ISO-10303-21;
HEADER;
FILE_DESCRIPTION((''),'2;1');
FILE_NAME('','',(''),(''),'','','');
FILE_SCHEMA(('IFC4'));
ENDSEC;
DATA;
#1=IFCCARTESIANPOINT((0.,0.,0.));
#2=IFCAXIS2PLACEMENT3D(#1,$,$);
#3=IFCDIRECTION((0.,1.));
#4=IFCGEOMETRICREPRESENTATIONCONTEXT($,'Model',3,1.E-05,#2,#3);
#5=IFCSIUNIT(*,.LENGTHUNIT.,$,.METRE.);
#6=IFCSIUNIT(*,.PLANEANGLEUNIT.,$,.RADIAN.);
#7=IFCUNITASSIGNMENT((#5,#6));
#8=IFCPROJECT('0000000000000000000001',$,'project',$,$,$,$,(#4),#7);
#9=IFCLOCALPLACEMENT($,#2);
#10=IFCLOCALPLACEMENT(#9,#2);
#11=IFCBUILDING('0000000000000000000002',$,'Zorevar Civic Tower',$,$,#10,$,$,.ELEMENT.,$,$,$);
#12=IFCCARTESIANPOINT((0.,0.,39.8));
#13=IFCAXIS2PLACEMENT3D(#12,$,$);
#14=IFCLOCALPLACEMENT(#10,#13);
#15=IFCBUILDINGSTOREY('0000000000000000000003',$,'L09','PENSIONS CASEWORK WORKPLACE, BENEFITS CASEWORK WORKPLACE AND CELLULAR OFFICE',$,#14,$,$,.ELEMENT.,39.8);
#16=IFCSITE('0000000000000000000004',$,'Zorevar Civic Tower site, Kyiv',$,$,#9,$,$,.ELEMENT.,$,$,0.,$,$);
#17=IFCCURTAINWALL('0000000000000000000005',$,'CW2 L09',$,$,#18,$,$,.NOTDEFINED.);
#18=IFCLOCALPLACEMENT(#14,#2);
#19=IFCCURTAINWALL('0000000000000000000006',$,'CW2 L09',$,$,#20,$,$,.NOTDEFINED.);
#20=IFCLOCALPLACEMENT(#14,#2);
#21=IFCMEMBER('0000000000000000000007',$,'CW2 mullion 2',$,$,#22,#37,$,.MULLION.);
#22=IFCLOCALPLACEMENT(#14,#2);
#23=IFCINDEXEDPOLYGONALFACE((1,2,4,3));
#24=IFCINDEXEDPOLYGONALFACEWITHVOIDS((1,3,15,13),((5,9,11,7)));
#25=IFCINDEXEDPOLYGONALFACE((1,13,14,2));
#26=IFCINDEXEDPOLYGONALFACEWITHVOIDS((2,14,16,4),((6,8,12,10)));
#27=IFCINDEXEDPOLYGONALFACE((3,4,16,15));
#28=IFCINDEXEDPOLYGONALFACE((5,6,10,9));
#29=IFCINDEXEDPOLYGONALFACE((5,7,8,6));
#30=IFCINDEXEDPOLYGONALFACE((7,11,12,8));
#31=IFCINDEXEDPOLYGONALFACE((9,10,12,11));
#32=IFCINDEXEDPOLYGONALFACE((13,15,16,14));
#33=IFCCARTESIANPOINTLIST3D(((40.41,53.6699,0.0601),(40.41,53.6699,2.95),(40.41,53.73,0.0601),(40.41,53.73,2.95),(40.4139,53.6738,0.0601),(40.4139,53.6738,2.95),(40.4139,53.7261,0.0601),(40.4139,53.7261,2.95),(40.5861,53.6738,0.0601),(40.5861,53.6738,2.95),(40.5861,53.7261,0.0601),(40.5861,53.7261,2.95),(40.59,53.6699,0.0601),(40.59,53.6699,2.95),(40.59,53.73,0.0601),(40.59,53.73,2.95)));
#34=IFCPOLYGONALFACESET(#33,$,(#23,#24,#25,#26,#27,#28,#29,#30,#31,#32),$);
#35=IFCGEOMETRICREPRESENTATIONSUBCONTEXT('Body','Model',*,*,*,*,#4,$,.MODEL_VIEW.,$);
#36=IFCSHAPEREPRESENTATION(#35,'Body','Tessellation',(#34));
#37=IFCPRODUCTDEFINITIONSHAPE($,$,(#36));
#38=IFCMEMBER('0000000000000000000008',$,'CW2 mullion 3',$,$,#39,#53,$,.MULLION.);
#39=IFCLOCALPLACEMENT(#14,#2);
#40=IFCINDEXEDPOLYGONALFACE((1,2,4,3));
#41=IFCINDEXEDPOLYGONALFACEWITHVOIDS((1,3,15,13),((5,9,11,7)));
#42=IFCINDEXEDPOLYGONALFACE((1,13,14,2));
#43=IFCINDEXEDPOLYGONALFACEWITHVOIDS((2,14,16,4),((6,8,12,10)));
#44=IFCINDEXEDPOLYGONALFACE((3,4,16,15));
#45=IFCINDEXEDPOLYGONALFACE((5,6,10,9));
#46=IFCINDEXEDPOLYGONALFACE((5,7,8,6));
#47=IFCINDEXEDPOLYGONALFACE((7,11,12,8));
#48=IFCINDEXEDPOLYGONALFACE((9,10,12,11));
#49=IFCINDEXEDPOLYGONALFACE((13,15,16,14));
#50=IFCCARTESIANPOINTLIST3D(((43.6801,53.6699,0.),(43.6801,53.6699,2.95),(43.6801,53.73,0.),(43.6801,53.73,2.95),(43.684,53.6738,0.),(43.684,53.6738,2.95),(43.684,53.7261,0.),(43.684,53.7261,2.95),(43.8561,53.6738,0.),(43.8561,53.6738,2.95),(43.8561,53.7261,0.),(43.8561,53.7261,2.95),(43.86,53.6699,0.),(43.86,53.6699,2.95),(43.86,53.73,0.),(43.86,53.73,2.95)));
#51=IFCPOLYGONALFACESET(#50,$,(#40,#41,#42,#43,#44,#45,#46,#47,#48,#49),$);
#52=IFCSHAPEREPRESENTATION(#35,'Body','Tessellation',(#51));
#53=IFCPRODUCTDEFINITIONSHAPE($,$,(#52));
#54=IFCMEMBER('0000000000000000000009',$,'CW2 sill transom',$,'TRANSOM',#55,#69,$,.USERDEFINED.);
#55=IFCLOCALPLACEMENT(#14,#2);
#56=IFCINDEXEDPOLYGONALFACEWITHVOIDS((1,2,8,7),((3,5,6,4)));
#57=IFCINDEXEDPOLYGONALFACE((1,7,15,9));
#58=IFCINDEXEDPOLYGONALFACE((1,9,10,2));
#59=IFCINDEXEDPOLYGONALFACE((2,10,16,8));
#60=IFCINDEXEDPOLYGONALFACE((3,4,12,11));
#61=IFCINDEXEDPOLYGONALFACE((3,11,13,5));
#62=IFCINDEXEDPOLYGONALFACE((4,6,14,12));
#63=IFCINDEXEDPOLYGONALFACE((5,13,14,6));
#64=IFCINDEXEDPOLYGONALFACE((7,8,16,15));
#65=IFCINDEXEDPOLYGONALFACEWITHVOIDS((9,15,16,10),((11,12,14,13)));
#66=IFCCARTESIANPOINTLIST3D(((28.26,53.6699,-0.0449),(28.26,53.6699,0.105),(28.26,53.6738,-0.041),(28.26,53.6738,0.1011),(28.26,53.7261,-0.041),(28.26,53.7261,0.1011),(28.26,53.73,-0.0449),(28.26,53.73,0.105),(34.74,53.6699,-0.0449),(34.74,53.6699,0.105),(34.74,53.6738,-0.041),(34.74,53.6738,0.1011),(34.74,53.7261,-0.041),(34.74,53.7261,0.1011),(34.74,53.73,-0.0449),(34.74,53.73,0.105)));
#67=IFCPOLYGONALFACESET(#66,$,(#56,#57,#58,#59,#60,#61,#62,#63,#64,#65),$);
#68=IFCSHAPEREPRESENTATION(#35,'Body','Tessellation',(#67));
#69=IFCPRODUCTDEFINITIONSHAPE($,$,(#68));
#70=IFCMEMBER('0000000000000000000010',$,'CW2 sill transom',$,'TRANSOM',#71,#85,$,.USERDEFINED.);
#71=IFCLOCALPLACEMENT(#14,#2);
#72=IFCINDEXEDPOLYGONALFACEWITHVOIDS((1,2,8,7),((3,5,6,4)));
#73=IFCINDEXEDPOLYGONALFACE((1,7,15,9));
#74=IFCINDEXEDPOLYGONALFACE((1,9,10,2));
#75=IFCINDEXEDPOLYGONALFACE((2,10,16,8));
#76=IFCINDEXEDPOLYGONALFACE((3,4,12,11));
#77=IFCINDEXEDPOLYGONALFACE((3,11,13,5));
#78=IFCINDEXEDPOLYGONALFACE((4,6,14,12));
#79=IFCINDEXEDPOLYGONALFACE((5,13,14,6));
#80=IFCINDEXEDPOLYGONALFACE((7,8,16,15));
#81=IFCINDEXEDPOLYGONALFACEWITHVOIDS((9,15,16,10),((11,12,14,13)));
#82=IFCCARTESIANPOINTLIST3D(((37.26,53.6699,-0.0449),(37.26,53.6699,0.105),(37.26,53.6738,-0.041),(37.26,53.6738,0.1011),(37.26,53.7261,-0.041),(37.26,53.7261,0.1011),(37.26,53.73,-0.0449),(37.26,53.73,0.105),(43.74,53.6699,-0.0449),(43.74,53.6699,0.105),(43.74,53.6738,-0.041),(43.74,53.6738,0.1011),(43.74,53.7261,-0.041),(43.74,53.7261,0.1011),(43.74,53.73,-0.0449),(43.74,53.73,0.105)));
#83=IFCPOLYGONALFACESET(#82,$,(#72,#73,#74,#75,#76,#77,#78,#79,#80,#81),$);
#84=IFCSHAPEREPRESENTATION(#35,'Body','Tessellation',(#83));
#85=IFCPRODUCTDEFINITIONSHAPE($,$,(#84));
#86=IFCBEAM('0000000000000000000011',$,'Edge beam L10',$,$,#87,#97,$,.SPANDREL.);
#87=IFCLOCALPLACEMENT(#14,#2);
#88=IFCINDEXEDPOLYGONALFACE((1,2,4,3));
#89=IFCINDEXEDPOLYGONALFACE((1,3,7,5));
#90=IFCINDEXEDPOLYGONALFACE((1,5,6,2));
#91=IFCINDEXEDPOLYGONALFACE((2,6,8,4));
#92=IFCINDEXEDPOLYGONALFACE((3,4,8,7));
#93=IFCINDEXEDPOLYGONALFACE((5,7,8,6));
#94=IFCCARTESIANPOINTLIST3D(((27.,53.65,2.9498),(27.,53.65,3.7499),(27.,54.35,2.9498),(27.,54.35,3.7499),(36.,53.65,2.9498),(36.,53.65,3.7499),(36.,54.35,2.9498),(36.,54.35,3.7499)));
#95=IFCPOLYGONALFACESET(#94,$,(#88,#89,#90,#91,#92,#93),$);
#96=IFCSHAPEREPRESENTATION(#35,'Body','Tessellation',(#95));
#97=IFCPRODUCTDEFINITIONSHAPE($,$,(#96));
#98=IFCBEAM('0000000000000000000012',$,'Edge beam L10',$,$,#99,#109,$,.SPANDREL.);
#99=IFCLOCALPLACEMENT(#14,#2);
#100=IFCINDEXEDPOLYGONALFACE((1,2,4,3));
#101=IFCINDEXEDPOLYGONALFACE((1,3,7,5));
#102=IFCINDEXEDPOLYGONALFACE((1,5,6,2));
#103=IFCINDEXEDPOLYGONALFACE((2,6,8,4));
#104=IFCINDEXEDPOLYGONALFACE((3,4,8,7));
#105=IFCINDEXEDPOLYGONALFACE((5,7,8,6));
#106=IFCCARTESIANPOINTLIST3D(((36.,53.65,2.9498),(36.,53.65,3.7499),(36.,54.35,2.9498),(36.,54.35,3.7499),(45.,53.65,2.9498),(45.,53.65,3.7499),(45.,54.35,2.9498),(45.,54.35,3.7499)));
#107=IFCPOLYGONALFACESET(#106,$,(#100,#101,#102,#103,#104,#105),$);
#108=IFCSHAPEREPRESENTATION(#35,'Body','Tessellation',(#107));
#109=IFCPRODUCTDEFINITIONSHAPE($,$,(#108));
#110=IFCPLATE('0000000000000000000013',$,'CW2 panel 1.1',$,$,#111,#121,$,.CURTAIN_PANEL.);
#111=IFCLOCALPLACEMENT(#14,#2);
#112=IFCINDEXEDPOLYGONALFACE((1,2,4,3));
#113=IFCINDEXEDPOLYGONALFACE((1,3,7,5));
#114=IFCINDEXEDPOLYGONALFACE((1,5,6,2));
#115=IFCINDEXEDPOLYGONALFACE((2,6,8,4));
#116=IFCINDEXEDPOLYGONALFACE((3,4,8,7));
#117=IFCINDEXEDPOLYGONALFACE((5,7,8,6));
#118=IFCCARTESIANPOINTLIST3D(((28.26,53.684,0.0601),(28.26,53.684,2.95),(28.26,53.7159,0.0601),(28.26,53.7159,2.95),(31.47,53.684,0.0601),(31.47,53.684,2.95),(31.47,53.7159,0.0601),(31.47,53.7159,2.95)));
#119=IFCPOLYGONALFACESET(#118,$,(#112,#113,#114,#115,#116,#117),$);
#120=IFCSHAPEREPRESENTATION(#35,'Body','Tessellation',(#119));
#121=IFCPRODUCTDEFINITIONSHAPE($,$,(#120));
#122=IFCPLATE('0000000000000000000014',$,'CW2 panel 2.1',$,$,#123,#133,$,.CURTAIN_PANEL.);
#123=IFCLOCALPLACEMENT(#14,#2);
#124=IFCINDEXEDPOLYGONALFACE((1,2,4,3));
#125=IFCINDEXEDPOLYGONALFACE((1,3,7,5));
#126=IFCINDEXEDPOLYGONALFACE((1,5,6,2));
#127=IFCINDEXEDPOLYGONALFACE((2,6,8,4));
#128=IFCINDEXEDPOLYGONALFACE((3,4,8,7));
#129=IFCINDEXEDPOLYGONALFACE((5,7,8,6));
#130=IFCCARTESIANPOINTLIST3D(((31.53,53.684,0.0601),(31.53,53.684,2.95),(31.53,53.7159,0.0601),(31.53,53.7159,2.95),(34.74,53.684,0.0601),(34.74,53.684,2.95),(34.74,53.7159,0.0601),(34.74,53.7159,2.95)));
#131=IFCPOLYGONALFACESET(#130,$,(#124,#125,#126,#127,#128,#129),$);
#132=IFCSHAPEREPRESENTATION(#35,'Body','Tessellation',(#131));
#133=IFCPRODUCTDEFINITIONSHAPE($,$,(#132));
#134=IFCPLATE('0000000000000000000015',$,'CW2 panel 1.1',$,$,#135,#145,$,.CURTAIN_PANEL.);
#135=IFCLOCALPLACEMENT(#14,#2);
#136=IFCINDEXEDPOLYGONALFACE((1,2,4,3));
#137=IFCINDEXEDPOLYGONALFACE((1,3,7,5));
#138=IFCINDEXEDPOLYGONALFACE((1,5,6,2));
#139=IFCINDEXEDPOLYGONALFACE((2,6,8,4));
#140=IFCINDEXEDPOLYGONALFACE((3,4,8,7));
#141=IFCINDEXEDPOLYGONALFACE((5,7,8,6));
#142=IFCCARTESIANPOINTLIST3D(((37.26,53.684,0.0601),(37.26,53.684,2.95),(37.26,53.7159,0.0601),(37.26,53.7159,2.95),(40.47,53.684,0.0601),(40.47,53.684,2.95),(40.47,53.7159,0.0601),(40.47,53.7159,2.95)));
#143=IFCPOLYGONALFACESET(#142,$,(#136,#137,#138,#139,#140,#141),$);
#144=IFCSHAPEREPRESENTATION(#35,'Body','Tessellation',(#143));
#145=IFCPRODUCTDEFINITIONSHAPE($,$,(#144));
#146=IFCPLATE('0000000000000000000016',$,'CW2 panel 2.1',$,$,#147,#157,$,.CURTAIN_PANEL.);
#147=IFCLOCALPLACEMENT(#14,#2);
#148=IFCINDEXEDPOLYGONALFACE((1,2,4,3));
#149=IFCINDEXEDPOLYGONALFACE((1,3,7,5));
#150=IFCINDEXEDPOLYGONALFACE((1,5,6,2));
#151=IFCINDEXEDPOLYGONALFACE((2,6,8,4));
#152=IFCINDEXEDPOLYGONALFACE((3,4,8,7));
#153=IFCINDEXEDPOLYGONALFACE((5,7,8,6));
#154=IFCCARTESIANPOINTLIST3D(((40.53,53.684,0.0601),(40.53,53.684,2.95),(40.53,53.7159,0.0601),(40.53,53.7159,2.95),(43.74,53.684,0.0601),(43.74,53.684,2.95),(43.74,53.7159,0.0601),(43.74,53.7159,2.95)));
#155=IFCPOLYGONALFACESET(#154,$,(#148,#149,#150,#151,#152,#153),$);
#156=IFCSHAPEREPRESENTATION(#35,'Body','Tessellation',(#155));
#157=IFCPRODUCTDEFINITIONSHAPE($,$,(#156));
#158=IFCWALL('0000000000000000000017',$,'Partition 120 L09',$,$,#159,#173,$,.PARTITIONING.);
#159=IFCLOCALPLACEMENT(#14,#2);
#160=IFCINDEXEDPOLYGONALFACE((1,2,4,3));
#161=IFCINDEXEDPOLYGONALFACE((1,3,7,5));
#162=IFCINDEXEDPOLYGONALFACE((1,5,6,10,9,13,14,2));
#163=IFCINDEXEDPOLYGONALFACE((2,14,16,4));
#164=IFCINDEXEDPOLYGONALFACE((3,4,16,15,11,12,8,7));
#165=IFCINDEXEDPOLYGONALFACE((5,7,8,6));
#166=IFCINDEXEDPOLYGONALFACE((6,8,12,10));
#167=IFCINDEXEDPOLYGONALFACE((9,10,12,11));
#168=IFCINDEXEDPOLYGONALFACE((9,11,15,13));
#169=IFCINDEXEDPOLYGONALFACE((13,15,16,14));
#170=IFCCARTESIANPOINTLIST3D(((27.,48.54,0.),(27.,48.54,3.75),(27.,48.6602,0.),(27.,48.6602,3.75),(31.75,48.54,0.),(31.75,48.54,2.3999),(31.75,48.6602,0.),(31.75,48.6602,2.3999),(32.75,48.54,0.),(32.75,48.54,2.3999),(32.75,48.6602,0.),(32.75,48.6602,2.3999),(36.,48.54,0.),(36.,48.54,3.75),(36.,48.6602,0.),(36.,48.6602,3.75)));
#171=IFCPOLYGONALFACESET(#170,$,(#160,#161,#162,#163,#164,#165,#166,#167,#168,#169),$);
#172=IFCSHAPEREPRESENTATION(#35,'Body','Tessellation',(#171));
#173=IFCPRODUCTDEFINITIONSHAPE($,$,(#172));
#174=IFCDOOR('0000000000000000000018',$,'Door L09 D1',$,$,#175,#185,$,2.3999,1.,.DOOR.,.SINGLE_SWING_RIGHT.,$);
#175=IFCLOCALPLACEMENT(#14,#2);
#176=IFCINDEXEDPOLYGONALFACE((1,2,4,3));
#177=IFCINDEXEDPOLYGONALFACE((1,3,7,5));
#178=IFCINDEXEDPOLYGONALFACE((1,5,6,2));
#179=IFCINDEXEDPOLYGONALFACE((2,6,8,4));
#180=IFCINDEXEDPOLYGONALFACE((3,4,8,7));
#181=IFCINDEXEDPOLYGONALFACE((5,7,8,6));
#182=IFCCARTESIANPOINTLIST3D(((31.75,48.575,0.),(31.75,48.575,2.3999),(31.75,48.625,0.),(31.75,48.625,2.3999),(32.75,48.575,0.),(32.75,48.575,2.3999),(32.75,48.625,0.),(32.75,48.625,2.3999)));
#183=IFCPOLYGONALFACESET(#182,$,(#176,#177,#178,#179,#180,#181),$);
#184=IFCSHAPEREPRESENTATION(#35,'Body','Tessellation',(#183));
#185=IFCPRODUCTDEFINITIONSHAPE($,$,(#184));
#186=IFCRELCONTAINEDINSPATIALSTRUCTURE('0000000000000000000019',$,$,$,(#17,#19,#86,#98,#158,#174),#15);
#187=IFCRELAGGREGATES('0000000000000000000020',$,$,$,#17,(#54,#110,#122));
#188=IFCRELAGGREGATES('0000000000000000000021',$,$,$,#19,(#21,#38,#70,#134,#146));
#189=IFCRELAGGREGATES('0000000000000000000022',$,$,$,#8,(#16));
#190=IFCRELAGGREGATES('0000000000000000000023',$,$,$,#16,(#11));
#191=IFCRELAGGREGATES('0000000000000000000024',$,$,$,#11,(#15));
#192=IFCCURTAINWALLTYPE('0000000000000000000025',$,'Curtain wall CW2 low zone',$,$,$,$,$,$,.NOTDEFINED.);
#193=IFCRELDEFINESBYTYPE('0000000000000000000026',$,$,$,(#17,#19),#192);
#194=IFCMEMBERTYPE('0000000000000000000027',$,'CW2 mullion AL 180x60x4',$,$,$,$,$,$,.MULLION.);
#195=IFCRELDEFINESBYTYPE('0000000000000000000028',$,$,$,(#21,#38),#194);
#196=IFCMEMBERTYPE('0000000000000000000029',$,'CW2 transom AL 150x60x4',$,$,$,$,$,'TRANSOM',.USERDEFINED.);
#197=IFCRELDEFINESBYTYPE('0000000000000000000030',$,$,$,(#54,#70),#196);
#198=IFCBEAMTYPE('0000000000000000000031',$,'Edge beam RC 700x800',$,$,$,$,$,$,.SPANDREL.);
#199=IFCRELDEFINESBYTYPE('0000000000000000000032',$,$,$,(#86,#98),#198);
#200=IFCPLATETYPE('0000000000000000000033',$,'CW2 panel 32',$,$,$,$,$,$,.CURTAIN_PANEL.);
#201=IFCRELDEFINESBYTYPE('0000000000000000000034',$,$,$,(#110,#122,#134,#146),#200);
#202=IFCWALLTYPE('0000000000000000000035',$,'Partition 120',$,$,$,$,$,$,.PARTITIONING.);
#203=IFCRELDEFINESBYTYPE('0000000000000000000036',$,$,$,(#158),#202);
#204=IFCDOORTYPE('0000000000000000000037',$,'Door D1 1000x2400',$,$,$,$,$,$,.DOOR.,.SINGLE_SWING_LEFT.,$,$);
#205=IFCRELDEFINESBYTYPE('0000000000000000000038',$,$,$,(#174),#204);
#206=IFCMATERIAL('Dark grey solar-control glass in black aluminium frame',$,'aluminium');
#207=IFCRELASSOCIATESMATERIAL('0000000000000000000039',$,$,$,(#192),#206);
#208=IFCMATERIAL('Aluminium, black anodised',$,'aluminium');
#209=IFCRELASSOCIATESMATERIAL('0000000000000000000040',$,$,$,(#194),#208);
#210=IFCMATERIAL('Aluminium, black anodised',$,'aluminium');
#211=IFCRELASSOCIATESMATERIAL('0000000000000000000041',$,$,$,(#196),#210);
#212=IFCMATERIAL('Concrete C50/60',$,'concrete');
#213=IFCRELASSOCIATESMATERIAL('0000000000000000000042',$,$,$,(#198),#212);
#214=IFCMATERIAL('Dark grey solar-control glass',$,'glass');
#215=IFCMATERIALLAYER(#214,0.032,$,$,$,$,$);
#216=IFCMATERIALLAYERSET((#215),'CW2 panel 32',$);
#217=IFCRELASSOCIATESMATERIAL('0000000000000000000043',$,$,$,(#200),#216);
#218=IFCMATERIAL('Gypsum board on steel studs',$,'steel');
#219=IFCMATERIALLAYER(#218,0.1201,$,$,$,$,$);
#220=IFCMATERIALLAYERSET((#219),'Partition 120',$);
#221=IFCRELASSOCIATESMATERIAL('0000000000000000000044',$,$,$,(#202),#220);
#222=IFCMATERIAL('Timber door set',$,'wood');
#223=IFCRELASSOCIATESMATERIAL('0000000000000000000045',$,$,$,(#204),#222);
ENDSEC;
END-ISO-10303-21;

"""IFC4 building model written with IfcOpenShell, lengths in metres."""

from ifc_helpers import new_model, si_unit, direction, frame, frame_2d, origin, origin_2d, place, context, subcontext, project, spatial, rectangle, hollow_rectangle, extrude, material, layer, layer_set, material_profile, profile_set, type_object, element, fill, aggregate, save


model = new_model("IFC4")

# Units and contexts
model_context = context("Model", 3, precision=1e-05, world=origin(), true_north=direction((0.0, 1.0)))
body_context = subcontext(model_context, "Body", "Model", "MODEL_VIEW")
ifc_project = project(units=[si_unit("LENGTHUNIT", "METRE"), si_unit("PLANEANGLEUNIT", "RADIAN")], contexts=[model_context])

# Site, building, storey
site_placement = place(None, origin())
site = spatial("IfcSite", under=ifc_project, at=site_placement, Name="Zorevar Civic Tower site, Kyiv", CompositionType="ELEMENT", RefElevation=0.0)
building_placement = place(site_placement, origin())
building = spatial("IfcBuilding", under=site, at=building_placement, Name="Zorevar Civic Tower", CompositionType="ELEMENT")
storey_placement = place(building_placement, frame((0.0, 0.0, 39.8)))
storey = spatial("IfcBuildingStorey", under=building, at=storey_placement, Name="L09", Description="PENSIONS CASEWORK WORKPLACE, BENEFITS CASEWORK WORKPLACE AND CELLULAR OFFICE", CompositionType="ELEMENT", Elevation=39.8)

# Curtain walls, members
ifc_material_1 = material(Name="Dark grey solar-control glass in black aluminium frame", Category="aluminium")
curtain_wall_type = type_object("IfcCurtainWallType", Name="Curtain wall CW2 low zone", PredefinedType="NOTDEFINED", material=ifc_material_1)
curtain_wall_1_placement = place(storey_placement, origin())
curtain_wall_1 = element("IfcCurtainWall", 1, at=curtain_wall_1_placement, inside=storey, type_object=curtain_wall_type, Name="CW2 L09", PredefinedType="NOTDEFINED")
ifc_material_2 = material(Name="Aluminium, black anodised", Category="aluminium")
ifc_material_profile_1 = material_profile(ifc_material_2, hollow_rectangle(XDim=0.0601, YDim=0.1799, WallThickness=0.0039, at=origin_2d()), Name="AL 180x60x4")
ifc_profile_set_1 = profile_set([ifc_material_profile_1], Name="Aluminium, black anodised")
member_type_1 = type_object("IfcMemberType", Name="CW2 mullion AL 180x60x4", PredefinedType="MULLION", material=ifc_profile_set_1)
curtain_wall_2_placement = place(storey_placement, origin())
curtain_wall_2 = element("IfcCurtainWall", 2, at=curtain_wall_2_placement, inside=storey, type_object=curtain_wall_type, Name="CW2 L09", PredefinedType="NOTDEFINED")
member_1_placement = place(storey_placement, frame((40.5, 53.7, 0.0601), z_axis=(0.0, 0.0, 1.0), x_axis=(0.0, 1.0, 0.0)))
member_1 = element("IfcMember", 3, at=member_1_placement, type_object=member_type_1, Name="CW2 mullion 2", PredefinedType="MULLION", context=body_context, shape_type="SweptSolid", body=[
    extrude(hollow_rectangle(XDim=0.0601, YDim=0.1799, WallThickness=0.0039, at=origin_2d()), origin(), (0.0, 0.0, 1.0), 2.8899),
])
member_2_placement = place(storey_placement, frame((43.77, 53.7, 0.0), z_axis=(0.0, 0.0, 1.0), x_axis=(0.0, 1.0, 0.0)))
member_2 = element("IfcMember", 4, at=member_2_placement, type_object=member_type_1, Name="CW2 mullion 3", PredefinedType="MULLION", context=body_context, shape_type="SweptSolid", body=[
    extrude(hollow_rectangle(XDim=0.0601, YDim=0.1799, WallThickness=0.0039, at=origin_2d()), origin(), (0.0, 0.0, 1.0), 2.95),
])

# Members
ifc_material_3 = material(Name="Aluminium, black anodised", Category="aluminium")
ifc_material_profile_2 = material_profile(ifc_material_3, hollow_rectangle(XDim=0.0601, YDim=0.1499, WallThickness=0.0039, at=origin_2d()), Name="AL 150x60x4")
ifc_profile_set_2 = profile_set([ifc_material_profile_2], Name="Aluminium, black anodised")
member_type_2 = type_object("IfcMemberType", Name="CW2 transom AL 150x60x4", ElementType="TRANSOM", PredefinedType="USERDEFINED", material=ifc_profile_set_2)
member_3_placement = place(storey_placement, frame((28.26, 53.7, 0.03), z_axis=(1.0, 0.0, 0.0), x_axis=(0.0, 1.0, 0.0)))
member_3 = element("IfcMember", 5, at=member_3_placement, type_object=member_type_2, Name="CW2 sill transom", ObjectType="TRANSOM", PredefinedType="USERDEFINED", context=body_context, shape_type="SweptSolid", body=[
    extrude(hollow_rectangle(XDim=0.0601, YDim=0.1499, WallThickness=0.0039, at=origin_2d()), origin(), (0.0, 0.0, 1.0), 6.48),
])
member_4_placement = place(storey_placement, frame((37.26, 53.7, 0.03), z_axis=(1.0, 0.0, 0.0), x_axis=(0.0, 1.0, 0.0)))
member_4 = element("IfcMember", 6, at=member_4_placement, type_object=member_type_2, Name="CW2 sill transom", ObjectType="TRANSOM", PredefinedType="USERDEFINED", context=body_context, shape_type="SweptSolid", body=[
    extrude(hollow_rectangle(XDim=0.0601, YDim=0.1499, WallThickness=0.0039, at=origin_2d()), origin(), (0.0, 0.0, 1.0), 6.48),
])

# Beams
ifc_material_4 = material(Name="Concrete C50/60", Category="concrete")
ifc_material_profile_3 = material_profile(ifc_material_4, rectangle(XDim=0.7, YDim=0.8, at=origin_2d()), Name="RC 700x800")
ifc_profile_set_3 = profile_set([ifc_material_profile_3], Name="Concrete C50/60")
beam_type_1 = type_object("IfcBeamType", Name="Edge beam RC 700x800", PredefinedType="SPANDREL", material=ifc_profile_set_3)
for number, where, z_axis, x_axis, name in (
    (7, (27.0, 54.0, 3.3499), (1.0, 0.0, 0.0), (0.0, 1.0, 0.0), "Edge beam L10"),
    (8, (36.0, 54.0, 3.3499), (1.0, 0.0, 0.0), (0.0, 1.0, 0.0), "Edge beam L10"),
):
    element("IfcBeam", number, at=place(storey_placement, frame(where, z_axis=z_axis, x_axis=x_axis)), inside=storey, type_object=beam_type_1, Name=name, PredefinedType="SPANDREL", context=body_context, shape_type="SweptSolid", body=[
        extrude(rectangle(XDim=0.7, YDim=0.8, at=origin_2d()), origin(), (0.0, 0.0, 1.0), 9.0),
    ])

# Plates
ifc_material_5 = material(Name="Dark grey solar-control glass", Category="glass")
ifc_layer_1 = layer(ifc_material_5, 0.032)
ifc_layer_set_1 = layer_set([ifc_layer_1], Name="CW2 panel 32")
plate_type = type_object("IfcPlateType", Name="CW2 panel 32", PredefinedType="CURTAIN_PANEL", material=ifc_layer_set_1)
plate_1_placement = place(storey_placement, frame((29.865, 53.7, 0.0601), z_axis=(0.0, 0.0, 1.0), x_axis=(1.0, 0.0, 0.0)))
plate_1 = element("IfcPlate", 9, at=plate_1_placement, type_object=plate_type, Name="CW2 panel 1.1", PredefinedType="CURTAIN_PANEL", context=body_context, shape_type="SweptSolid", body=[
    extrude(rectangle(XDim=3.21, YDim=0.032, at=origin_2d()), origin(), (0.0, 0.0, 1.0), 2.8899),
])
plate_2_placement = place(storey_placement, frame((33.135, 53.7, 0.0601), z_axis=(0.0, 0.0, 1.0), x_axis=(1.0, 0.0, 0.0)))
plate_2 = element("IfcPlate", 10, at=plate_2_placement, type_object=plate_type, Name="CW2 panel 2.1", PredefinedType="CURTAIN_PANEL", context=body_context, shape_type="SweptSolid", body=[
    extrude(rectangle(XDim=3.21, YDim=0.032, at=origin_2d()), origin(), (0.0, 0.0, 1.0), 2.8899),
])
aggregate(curtain_wall_1, [member_3, plate_1, plate_2])
plate_3_placement = place(storey_placement, frame((38.865, 53.7, 0.0601), z_axis=(0.0, 0.0, 1.0), x_axis=(1.0, 0.0, 0.0)))
plate_3 = element("IfcPlate", 11, at=plate_3_placement, type_object=plate_type, Name="CW2 panel 1.1", PredefinedType="CURTAIN_PANEL", context=body_context, shape_type="SweptSolid", body=[
    extrude(rectangle(XDim=3.21, YDim=0.032, at=origin_2d()), origin(), (0.0, 0.0, 1.0), 2.8899),
])
plate_4_placement = place(storey_placement, frame((42.135, 53.7, 0.0601), z_axis=(0.0, 0.0, 1.0), x_axis=(1.0, 0.0, 0.0)))
plate_4 = element("IfcPlate", 12, at=plate_4_placement, type_object=plate_type, Name="CW2 panel 2.1", PredefinedType="CURTAIN_PANEL", context=body_context, shape_type="SweptSolid", body=[
    extrude(rectangle(XDim=3.21, YDim=0.032, at=origin_2d()), origin(), (0.0, 0.0, 1.0), 2.8899),
])
aggregate(curtain_wall_2, [member_1, member_2, member_4, plate_3, plate_4])

# Wall, opening, door
ifc_material_6 = material(Name="Gypsum board on steel studs", Category="steel")
ifc_layer_2 = layer(ifc_material_6, 0.1201)
ifc_layer_set_2 = layer_set([ifc_layer_2], Name="Partition 120")
wall_type = type_object("IfcWallType", Name="Partition 120", PredefinedType="PARTITIONING", material=ifc_layer_set_2)
wall_1_placement = place(storey_placement, frame((27.0, 48.6001, 0.0), z_axis=(0.0, 0.0, 1.0), x_axis=(1.0, 0.0, 0.0)))
wall_1 = element("IfcWall", 13, at=wall_1_placement, inside=storey, type_object=wall_type, Name="Partition 120 L09", PredefinedType="PARTITIONING", context=body_context, shape_type="SweptSolid", body=[
    extrude(rectangle(XDim=9.0, YDim=0.1201, at=frame_2d((4.5, 0.0))), origin(), (0.0, 0.0, 1.0), 3.75),
])
opening_1_placement = place(wall_1_placement, frame((4.75, 0.0, 0.0)))
opening_1 = element("IfcOpeningElement", 14, at=opening_1_placement, cuts=wall_1, PredefinedType="OPENING", context=body_context, shape_type="SweptSolid", body=[
    extrude(rectangle(XDim=1.0, YDim=2.3999, at=frame_2d((0.5, 1.2))), frame((0.0, 0.0701, 0.0), z_axis=(0.0, -1.0, 0.0), x_axis=(1.0, 0.0, 0.0)), (0.0, 0.0, 1.0), 0.1401),
])
ifc_material_7 = material(Name="Timber door set", Category="wood")
door_type = type_object("IfcDoorType", Name="Door D1 1000x2400", OperationType="SINGLE_SWING_LEFT", PredefinedType="DOOR", material=ifc_material_7)
door_1_placement = place(opening_1_placement, origin())
door_1 = element("IfcDoor", 15, at=door_1_placement, inside=storey, type_object=door_type, Name="Door L09 D1", OperationType="SINGLE_SWING_RIGHT", OverallHeight=2.3999, OverallWidth=1.0, PredefinedType="DOOR", context=body_context, shape_type="SweptSolid", body=[
    extrude(rectangle(XDim=1.0, YDim=2.3999, at=frame_2d((0.5, 1.2))), frame((0.0, 0.0249, 0.0), z_axis=(0.0, -1.0, 0.0), x_axis=(1.0, 0.0, 0.0)), (0.0, 0.0, 1.0), 0.05),
])
fill(opening_1, door_1)

save(model, "model.ifc")
